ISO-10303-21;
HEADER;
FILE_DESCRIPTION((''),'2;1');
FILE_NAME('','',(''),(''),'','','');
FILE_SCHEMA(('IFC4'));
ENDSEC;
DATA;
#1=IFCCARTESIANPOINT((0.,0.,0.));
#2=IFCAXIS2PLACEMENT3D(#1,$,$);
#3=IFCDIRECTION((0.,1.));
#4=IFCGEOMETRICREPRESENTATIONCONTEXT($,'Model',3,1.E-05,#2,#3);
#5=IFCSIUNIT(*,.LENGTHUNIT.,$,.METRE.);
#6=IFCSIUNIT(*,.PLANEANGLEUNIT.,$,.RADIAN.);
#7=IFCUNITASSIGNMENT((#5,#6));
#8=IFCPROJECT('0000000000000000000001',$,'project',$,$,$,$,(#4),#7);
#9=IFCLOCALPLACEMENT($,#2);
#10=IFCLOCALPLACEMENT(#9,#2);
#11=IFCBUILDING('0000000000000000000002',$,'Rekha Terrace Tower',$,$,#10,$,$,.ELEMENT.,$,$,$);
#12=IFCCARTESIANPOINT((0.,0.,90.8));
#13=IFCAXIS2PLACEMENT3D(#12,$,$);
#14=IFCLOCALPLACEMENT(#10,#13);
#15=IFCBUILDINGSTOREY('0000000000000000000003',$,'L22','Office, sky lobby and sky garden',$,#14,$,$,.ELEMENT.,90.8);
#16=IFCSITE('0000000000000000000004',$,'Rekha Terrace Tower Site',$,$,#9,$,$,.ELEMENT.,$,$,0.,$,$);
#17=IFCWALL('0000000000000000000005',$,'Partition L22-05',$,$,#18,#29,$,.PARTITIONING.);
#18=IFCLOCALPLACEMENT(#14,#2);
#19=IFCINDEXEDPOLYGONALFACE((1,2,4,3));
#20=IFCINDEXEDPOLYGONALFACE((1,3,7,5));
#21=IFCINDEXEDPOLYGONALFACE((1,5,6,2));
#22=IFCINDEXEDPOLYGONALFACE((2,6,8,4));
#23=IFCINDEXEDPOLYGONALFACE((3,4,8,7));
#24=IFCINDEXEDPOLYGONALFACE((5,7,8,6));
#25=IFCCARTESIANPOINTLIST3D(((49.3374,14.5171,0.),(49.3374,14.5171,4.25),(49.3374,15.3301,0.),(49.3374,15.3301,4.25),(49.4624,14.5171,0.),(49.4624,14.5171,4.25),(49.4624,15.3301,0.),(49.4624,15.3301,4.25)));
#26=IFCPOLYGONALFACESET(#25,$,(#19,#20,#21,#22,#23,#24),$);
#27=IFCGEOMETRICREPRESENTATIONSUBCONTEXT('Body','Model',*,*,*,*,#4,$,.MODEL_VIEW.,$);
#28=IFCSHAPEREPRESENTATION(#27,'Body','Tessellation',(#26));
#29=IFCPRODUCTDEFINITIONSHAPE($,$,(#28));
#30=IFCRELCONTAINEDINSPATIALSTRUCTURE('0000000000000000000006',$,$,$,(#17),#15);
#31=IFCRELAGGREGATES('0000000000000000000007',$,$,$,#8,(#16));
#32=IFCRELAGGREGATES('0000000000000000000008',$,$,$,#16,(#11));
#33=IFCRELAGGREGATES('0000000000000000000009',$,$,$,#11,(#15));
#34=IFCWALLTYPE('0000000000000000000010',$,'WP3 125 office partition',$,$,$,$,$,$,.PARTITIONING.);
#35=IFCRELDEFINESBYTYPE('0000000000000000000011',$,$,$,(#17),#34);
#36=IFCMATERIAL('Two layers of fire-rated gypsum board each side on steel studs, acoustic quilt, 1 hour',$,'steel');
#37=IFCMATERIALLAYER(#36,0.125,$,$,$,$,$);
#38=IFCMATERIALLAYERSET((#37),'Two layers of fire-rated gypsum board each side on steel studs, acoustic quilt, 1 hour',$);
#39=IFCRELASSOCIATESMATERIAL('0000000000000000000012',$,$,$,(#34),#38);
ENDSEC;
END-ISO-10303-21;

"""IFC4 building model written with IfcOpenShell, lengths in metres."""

from ifc_helpers import new_model, si_unit, direction, frame, frame_2d, origin, place, context, subcontext, project, spatial, rectangle, extrude, material, layer, layer_set, type_object, element, save


model = new_model("IFC4")

# Units and contexts
model_context = context("Model", 3, precision=1e-05, world=origin(), true_north=direction((0.0, 1.0)))
body_context = subcontext(model_context, "Body", "Model", "MODEL_VIEW")
ifc_project = project(units=[si_unit("LENGTHUNIT", "METRE"), si_unit("PLANEANGLEUNIT", "RADIAN")], contexts=[model_context])

# Site, building, storey
site_placement = place(None, origin())
site = spatial("IfcSite", under=ifc_project, at=site_placement, Name="Rekha Terrace Tower Site", CompositionType="ELEMENT", RefElevation=0.0)
building_placement = place(site_placement, origin())
building = spatial("IfcBuilding", under=site, at=building_placement, Name="Rekha Terrace Tower", CompositionType="ELEMENT")
storey_placement = place(building_placement, frame((0.0, 0.0, 90.8)))
storey = spatial("IfcBuildingStorey", under=building, at=storey_placement, Name="L22", Description="Office, sky lobby and sky garden", CompositionType="ELEMENT", Elevation=90.8)

# Wall
ifc_material_1 = material(Name="Two layers of fire-rated gypsum board each side on steel studs, acoustic quilt, 1 hour", Category="steel")
ifc_layer_1 = layer(ifc_material_1, 0.125)
ifc_layer_set_1 = layer_set([ifc_layer_1], Name="Two layers of fire-rated gypsum board each side on steel studs, acoustic quilt, 1 hour")
wall_type_1 = type_object("IfcWallType", Name="WP3 125 office partition", PredefinedType="PARTITIONING", material=ifc_layer_set_1)
wall_1_placement = place(storey_placement, frame((49.3999, 14.5171, 0.0), z_axis=(0.0, 0.0, 1.0), x_axis=(0.0, 1.0, 0.0)))
element("IfcWall", 1, at=wall_1_placement, inside=storey, type_object=wall_type_1, Name="Partition L22-05", PredefinedType="PARTITIONING", context=body_context, shape_type="SweptSolid", body=[
    extrude(rectangle(XDim=0.813, YDim=0.125, at=frame_2d((0.4065, 0.0))), origin(), (0.0, 0.0, 1.0), 4.25),
])

save(model, "model.ifc")
